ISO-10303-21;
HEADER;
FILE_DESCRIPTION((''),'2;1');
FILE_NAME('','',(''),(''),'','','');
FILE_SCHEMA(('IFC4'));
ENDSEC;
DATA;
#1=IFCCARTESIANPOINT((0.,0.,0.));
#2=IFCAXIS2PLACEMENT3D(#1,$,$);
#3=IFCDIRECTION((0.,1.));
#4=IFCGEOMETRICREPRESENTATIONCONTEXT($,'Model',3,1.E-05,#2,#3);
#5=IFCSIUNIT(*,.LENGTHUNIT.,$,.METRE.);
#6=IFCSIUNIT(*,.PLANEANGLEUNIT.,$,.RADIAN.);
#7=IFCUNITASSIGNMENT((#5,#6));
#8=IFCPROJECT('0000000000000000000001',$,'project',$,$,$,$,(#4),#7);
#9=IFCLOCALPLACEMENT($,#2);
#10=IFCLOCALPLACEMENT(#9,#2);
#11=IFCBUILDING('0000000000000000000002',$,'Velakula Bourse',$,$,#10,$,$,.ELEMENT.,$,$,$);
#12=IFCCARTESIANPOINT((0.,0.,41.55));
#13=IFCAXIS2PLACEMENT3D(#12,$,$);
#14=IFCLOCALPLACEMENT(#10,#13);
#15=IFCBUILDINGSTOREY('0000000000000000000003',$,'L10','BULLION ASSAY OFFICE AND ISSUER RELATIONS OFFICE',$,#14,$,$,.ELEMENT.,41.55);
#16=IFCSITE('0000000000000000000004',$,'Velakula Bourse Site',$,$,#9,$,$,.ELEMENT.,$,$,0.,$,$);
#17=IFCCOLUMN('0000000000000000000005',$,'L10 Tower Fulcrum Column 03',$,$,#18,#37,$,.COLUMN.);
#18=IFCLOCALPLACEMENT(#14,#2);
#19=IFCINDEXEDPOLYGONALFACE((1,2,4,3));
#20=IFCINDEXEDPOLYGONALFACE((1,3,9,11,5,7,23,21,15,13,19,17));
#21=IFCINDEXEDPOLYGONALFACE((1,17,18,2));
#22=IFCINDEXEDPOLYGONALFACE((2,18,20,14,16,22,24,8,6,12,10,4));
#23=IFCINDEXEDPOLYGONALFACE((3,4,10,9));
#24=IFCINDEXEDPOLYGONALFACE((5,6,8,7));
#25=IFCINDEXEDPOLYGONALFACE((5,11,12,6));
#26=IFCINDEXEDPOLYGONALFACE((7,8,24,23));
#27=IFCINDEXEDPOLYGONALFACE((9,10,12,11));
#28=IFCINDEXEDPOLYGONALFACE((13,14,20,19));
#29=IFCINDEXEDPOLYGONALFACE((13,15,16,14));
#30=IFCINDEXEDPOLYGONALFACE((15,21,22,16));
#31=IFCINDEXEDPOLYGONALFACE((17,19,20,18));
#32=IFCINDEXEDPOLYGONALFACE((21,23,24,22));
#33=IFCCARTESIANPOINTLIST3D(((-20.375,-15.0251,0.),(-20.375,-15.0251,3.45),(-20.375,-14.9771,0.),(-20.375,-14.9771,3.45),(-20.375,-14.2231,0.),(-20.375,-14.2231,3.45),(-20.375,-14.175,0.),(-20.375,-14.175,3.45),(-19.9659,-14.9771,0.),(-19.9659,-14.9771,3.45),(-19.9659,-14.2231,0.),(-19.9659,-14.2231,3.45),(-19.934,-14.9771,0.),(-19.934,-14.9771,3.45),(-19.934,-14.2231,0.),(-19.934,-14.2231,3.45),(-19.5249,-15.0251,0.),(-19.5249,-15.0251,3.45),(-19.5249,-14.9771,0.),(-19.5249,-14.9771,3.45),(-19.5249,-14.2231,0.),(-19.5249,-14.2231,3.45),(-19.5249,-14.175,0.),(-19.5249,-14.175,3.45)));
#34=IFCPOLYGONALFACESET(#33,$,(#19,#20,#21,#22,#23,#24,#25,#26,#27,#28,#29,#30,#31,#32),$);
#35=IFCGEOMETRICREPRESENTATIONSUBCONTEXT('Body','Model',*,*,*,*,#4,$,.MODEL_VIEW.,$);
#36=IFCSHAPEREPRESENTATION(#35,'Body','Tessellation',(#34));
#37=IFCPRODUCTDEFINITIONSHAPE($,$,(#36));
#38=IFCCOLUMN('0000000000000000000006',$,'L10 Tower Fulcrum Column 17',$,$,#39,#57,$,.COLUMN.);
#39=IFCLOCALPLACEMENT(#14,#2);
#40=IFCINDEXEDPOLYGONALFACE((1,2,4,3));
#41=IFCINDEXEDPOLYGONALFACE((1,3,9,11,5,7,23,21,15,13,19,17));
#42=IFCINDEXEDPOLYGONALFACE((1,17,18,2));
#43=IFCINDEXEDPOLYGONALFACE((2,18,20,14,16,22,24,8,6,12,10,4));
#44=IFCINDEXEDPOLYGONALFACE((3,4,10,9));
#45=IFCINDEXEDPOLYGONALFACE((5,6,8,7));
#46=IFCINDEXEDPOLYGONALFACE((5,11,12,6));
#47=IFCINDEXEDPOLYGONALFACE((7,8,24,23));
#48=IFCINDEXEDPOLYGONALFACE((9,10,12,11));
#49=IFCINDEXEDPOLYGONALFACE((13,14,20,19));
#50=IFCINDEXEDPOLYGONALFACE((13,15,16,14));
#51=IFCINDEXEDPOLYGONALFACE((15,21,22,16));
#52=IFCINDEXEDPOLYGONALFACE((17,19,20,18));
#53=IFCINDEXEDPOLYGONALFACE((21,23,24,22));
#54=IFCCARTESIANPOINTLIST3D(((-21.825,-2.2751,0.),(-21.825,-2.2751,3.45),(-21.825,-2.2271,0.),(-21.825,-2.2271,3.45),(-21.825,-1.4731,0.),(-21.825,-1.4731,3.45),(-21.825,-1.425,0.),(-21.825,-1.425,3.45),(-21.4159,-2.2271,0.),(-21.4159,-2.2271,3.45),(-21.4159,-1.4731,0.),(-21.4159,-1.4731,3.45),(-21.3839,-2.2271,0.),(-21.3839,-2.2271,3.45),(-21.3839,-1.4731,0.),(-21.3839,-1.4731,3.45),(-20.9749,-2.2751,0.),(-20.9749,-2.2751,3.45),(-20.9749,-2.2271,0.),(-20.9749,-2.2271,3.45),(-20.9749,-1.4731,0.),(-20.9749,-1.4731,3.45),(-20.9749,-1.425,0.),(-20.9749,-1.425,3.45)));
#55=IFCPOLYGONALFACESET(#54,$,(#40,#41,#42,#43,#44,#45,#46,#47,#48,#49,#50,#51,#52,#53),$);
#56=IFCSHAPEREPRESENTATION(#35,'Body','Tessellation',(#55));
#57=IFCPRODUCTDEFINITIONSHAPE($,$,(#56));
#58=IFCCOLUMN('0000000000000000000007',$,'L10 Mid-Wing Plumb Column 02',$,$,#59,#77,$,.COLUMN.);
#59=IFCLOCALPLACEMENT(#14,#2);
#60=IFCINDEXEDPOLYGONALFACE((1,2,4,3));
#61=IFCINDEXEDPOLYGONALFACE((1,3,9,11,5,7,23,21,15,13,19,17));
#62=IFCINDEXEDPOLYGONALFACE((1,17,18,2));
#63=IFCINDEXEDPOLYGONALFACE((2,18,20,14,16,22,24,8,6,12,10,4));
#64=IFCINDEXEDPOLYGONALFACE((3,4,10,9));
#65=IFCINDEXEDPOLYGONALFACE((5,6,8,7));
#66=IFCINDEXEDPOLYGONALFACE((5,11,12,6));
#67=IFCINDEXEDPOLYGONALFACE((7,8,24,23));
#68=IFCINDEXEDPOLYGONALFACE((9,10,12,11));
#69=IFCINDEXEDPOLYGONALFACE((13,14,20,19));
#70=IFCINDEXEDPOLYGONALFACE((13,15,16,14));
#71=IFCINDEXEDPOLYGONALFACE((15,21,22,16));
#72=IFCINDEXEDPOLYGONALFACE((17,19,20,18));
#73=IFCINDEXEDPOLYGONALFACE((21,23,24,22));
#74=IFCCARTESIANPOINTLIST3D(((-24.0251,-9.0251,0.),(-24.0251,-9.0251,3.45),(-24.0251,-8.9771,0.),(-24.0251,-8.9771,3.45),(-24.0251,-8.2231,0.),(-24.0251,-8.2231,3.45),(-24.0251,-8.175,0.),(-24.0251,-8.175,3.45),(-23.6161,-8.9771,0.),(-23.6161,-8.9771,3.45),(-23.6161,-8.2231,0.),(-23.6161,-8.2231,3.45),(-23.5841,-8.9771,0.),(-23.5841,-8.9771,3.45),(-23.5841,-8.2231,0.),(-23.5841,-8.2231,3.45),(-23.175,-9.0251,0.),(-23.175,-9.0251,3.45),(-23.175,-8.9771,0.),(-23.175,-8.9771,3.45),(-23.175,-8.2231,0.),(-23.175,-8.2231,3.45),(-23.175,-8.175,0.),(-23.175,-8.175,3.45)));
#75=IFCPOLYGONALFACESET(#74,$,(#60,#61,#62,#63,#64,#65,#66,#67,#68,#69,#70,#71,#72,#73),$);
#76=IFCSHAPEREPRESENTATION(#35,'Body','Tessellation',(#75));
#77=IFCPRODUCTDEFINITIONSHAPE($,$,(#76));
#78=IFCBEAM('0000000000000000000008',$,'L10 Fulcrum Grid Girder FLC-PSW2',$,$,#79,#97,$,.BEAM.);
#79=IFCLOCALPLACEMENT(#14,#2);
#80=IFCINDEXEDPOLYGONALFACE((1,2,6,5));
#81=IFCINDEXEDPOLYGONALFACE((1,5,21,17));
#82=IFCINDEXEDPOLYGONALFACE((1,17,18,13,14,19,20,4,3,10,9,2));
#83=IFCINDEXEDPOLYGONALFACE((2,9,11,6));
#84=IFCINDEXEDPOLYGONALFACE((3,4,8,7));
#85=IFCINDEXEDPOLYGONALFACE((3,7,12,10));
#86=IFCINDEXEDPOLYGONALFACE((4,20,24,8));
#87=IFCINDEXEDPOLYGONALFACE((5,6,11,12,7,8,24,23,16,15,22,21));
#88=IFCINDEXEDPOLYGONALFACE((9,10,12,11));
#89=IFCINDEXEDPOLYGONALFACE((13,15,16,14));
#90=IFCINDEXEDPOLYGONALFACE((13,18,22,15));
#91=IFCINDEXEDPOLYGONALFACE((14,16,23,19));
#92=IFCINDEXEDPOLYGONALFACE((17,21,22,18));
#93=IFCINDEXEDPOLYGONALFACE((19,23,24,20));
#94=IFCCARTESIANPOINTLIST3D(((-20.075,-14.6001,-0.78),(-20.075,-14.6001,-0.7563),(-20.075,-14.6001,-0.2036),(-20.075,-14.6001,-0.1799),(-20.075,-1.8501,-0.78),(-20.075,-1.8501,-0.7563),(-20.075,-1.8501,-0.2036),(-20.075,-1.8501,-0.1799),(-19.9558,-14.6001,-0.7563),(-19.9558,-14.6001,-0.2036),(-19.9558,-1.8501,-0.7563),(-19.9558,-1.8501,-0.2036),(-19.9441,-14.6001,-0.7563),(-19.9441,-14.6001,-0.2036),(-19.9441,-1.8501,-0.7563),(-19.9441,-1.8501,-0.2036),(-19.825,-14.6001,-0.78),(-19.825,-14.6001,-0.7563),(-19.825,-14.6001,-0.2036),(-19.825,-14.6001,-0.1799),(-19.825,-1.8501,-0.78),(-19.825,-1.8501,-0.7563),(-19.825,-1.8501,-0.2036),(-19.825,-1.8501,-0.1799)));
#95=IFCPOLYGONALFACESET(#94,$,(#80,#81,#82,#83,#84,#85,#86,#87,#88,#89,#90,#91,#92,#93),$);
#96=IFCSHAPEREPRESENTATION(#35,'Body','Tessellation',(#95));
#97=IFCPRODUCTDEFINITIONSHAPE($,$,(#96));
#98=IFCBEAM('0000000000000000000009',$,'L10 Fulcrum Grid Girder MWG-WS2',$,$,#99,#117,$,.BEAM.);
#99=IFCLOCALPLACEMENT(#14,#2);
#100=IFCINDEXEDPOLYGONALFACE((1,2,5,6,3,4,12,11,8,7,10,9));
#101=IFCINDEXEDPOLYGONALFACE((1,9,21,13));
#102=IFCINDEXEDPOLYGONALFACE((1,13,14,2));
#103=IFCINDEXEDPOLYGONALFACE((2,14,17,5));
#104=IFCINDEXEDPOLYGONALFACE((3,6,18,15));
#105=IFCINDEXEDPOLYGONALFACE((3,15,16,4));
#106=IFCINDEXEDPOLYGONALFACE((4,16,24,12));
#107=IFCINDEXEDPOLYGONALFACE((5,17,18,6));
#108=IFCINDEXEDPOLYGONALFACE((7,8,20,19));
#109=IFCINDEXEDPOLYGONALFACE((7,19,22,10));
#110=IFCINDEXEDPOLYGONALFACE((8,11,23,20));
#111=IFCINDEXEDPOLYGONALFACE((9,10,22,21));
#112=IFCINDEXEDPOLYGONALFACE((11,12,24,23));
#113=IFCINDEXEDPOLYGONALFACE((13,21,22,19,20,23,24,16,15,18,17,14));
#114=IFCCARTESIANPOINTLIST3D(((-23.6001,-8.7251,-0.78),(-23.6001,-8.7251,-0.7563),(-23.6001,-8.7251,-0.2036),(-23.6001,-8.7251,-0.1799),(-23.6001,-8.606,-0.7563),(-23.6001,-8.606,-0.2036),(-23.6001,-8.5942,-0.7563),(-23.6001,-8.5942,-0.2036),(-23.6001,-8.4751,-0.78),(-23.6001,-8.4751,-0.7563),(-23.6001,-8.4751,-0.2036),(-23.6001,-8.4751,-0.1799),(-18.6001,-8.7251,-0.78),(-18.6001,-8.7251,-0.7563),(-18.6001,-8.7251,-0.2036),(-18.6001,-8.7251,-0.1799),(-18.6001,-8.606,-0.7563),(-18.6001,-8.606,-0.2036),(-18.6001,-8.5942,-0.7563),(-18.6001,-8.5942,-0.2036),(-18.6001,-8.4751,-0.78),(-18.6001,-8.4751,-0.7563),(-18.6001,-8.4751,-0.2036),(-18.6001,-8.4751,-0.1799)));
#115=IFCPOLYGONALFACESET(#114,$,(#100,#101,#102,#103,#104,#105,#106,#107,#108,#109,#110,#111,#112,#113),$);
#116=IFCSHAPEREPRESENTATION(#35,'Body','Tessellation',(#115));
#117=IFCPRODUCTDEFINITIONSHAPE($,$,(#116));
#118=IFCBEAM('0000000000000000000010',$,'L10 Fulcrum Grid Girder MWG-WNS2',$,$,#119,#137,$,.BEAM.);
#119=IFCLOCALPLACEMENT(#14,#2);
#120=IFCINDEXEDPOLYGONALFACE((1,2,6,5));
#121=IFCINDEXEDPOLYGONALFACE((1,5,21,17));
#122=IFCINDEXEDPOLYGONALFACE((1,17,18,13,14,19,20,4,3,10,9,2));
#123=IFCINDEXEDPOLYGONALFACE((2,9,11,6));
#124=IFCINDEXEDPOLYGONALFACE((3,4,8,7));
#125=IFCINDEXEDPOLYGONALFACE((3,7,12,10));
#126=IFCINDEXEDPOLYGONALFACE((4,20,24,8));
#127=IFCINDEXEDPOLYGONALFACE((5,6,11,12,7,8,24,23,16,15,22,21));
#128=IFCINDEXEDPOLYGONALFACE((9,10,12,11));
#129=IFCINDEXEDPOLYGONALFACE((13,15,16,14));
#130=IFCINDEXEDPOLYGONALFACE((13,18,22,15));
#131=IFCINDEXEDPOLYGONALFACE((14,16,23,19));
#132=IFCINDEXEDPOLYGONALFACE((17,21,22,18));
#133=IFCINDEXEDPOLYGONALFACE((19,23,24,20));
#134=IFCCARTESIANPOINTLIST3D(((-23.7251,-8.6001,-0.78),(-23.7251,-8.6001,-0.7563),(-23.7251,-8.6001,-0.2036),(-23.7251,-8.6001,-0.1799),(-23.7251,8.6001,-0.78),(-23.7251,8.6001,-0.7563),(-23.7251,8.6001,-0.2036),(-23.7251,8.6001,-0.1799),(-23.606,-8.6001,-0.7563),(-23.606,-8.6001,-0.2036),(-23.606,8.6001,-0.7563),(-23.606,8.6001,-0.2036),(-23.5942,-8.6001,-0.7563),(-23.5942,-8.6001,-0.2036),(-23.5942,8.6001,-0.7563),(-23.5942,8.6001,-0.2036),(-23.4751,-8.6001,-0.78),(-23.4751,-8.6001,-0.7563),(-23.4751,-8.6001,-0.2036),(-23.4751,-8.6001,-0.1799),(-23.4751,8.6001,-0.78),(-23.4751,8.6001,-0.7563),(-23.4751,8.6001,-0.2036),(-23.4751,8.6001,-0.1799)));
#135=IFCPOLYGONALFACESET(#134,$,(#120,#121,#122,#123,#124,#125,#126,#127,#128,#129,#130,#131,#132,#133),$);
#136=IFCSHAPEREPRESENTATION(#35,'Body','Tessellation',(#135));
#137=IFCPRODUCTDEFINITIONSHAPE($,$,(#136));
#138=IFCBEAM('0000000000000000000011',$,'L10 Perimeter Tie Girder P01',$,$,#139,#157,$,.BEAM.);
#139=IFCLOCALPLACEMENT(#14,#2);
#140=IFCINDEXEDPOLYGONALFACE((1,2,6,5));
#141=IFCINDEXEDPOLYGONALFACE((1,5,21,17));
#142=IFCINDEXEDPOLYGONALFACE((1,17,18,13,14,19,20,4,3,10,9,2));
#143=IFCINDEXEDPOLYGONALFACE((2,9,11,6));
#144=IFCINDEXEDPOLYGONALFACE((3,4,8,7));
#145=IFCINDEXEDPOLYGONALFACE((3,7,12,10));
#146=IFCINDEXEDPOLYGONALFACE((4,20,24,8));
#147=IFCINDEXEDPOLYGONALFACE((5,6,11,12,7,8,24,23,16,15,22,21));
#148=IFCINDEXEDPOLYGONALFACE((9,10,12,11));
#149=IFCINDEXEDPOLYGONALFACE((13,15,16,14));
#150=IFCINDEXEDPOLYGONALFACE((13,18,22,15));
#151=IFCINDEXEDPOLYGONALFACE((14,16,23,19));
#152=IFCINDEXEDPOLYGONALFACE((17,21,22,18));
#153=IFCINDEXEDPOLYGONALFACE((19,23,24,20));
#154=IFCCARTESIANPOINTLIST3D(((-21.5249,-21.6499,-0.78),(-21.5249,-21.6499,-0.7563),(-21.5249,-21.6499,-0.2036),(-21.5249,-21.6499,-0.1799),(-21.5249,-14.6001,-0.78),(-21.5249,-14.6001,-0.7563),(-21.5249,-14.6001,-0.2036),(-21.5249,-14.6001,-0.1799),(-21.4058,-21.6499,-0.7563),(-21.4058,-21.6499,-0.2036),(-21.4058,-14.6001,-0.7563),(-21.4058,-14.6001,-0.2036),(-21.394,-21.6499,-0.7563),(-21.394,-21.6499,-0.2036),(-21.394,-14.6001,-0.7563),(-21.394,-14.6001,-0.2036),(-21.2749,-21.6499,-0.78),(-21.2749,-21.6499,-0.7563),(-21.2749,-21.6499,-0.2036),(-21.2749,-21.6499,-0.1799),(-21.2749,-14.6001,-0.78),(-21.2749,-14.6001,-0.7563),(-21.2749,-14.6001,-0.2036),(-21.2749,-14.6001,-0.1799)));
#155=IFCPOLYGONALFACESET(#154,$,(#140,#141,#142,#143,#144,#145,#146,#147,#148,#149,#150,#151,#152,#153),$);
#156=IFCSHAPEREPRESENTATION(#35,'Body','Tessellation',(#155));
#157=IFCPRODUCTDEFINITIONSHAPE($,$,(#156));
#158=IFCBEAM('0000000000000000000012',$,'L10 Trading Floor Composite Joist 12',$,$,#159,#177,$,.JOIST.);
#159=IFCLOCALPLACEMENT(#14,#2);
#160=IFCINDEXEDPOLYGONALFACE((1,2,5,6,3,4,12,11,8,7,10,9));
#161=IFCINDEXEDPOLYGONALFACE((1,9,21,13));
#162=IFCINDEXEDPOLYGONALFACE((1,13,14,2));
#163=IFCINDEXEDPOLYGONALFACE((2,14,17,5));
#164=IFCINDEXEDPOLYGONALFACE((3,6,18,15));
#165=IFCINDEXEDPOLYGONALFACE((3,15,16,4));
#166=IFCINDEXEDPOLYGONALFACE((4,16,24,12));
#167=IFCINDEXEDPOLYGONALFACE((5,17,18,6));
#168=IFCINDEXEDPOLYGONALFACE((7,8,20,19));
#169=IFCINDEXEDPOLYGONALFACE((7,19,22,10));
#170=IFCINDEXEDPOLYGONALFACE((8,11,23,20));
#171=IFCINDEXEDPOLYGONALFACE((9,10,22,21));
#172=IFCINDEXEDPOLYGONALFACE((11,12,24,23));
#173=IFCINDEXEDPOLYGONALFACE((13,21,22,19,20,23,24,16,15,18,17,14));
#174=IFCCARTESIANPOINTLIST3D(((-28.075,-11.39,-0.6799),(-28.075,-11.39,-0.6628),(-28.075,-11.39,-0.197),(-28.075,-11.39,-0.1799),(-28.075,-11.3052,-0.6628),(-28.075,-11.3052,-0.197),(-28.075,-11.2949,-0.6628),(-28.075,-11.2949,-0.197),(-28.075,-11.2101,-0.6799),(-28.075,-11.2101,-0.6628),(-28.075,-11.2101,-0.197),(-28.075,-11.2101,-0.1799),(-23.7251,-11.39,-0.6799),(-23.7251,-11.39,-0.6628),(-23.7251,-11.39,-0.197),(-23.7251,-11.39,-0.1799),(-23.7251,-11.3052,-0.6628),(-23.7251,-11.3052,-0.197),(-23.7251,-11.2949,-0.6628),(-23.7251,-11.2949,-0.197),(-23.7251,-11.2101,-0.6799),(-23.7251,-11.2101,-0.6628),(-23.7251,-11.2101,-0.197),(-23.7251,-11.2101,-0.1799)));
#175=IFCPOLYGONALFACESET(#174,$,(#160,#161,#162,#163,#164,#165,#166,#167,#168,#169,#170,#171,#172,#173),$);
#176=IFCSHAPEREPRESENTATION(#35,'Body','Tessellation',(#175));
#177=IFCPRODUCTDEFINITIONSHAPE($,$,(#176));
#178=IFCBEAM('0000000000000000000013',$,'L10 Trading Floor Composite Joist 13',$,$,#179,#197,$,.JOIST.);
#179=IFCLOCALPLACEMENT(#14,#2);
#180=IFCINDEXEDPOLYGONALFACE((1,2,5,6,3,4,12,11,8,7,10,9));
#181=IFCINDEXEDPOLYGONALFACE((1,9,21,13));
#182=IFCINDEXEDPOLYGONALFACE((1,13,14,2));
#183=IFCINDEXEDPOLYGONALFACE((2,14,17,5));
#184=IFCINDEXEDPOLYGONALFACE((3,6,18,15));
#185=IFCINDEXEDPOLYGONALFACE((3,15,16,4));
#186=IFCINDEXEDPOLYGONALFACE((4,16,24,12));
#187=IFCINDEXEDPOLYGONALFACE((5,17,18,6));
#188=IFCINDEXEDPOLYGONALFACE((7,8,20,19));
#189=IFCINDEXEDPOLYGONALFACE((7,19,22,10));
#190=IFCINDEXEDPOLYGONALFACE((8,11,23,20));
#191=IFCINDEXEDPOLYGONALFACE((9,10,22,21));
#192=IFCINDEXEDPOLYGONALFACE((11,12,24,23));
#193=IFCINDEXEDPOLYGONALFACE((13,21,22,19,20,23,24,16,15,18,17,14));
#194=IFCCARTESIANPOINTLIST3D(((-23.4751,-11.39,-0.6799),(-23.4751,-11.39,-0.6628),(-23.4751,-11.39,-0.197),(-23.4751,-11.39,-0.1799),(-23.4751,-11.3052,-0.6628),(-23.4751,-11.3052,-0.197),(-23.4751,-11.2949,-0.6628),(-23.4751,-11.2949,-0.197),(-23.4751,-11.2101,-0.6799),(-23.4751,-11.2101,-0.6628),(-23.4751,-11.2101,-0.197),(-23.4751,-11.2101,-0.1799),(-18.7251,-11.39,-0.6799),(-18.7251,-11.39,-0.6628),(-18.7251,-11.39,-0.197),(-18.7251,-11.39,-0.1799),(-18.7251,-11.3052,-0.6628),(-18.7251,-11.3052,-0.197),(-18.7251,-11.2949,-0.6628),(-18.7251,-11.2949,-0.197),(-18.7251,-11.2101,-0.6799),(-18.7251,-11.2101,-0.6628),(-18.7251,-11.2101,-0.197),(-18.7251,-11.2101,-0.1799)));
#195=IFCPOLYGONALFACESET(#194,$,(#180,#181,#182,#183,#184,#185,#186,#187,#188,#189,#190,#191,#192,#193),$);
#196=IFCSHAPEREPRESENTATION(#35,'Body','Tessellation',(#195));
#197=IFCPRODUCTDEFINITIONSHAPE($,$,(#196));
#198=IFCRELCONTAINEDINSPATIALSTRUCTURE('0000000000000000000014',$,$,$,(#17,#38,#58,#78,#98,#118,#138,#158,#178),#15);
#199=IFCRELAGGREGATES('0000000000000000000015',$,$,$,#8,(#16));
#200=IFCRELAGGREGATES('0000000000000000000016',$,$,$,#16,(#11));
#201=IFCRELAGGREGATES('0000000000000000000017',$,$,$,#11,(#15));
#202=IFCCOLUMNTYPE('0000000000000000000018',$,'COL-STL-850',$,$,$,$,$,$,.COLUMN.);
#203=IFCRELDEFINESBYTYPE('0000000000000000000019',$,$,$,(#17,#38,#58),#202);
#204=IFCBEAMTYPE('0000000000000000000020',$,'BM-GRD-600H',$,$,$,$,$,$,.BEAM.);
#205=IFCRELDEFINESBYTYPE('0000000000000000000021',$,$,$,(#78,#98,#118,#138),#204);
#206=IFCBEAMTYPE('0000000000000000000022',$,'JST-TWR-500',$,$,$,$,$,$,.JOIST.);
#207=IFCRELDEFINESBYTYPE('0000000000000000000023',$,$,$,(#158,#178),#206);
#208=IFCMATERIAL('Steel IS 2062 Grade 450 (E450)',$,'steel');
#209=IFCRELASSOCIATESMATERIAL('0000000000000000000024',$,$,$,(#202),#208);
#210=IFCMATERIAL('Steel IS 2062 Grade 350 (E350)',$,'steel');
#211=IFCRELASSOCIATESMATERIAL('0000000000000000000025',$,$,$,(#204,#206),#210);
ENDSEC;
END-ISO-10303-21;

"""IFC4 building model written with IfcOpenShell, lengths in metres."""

from ifc_helpers import new_model, si_unit, direction, frame, origin, origin_2d, place, context, subcontext, project, spatial, i_section, extrude, material, material_profile, profile_set, type_object, element, save


model = new_model("IFC4")

# Units and contexts
model_context = context("Model", 3, precision=1e-05, world=origin(), true_north=direction((0.0, 1.0)))
body_context = subcontext(model_context, "Body", "Model", "MODEL_VIEW")
ifc_project = project(units=[si_unit("LENGTHUNIT", "METRE"), si_unit("PLANEANGLEUNIT", "RADIAN")], contexts=[model_context])

# Site, building, storey
site_placement = place(None, origin())
site = spatial("IfcSite", under=ifc_project, at=site_placement, Name="Velakula Bourse Site", CompositionType="ELEMENT", RefElevation=0.0)
building_placement = place(site_placement, origin())
building = spatial("IfcBuilding", under=site, at=building_placement, Name="Velakula Bourse", CompositionType="ELEMENT")
storey_placement = place(building_placement, frame((0.0, 0.0, 41.55)))
storey = spatial("IfcBuildingStorey", under=building, at=storey_placement, Name="L10", Description="BULLION ASSAY OFFICE AND ISSUER RELATIONS OFFICE", CompositionType="ELEMENT", Elevation=41.55)

# Columns
ifc_material_1 = material(Name="Steel IS 2062 Grade 450 (E450)", Category="steel")
ifc_material_profile_1 = material_profile(ifc_material_1, i_section(OverallWidth=0.8501, OverallDepth=0.8501, WebThickness=0.032, FlangeThickness=0.0481, at=origin_2d()), Name="Steel IS 2062 Grade 450 (E450)")
ifc_profile_set_1 = profile_set([ifc_material_profile_1], Name="Steel IS 2062 Grade 450 (E450)")
column_type = type_object("IfcColumnType", Name="COL-STL-850", PredefinedType="COLUMN", material=ifc_profile_set_1)
for number, where, z_axis, x_axis, name in (
    (1, (-19.95, -14.6001, 0.0), (0.0, 0.0, 1.0), (1.0, 0.0, 0.0), "L10 Tower Fulcrum Column 03"),
    (2, (-21.3999, -1.8501, 0.0), (0.0, 0.0, 1.0), (1.0, 0.0, 0.0), "L10 Tower Fulcrum Column 17"),
    (3, (-23.6001, -8.6001, 0.0), (0.0, 0.0, 1.0), (1.0, 0.0, 0.0), "L10 Mid-Wing Plumb Column 02"),
):
    element("IfcColumn", number, at=place(storey_placement, frame(where, z_axis=z_axis, x_axis=x_axis)), inside=storey, type_object=column_type, Name=name, PredefinedType="COLUMN", context=body_context, shape_type="SweptSolid", body=[
        extrude(i_section(OverallWidth=0.8501, OverallDepth=0.8501, WebThickness=0.032, FlangeThickness=0.0481, at=origin_2d()), origin(), (0.0, 0.0, 1.0), 3.45),
    ])

# Beams
ifc_material_2 = material(Name="Steel IS 2062 Grade 350 (E350)", Category="steel")
ifc_material_profile_2 = material_profile(ifc_material_2, i_section(OverallWidth=0.25, OverallDepth=0.6001, WebThickness=0.0117, FlangeThickness=0.0237, at=origin_2d()), Name="Steel IS 2062 Grade 350 (E350)")
ifc_profile_set_2 = profile_set([ifc_material_profile_2], Name="Steel IS 2062 Grade 350 (E350)")
beam_type_1 = type_object("IfcBeamType", Name="BM-GRD-600H", PredefinedType="BEAM", material=ifc_profile_set_2)
beam_1_placement = place(storey_placement, frame((-19.95, -14.6001, -0.48), z_axis=(0.0, 1.0, 0.0), x_axis=(-1.0, 0.0, 0.0)))
element("IfcBeam", 4, at=beam_1_placement, inside=storey, type_object=beam_type_1, Name="L10 Fulcrum Grid Girder FLC-PSW2", PredefinedType="BEAM", context=body_context, shape_type="SweptSolid", body=[
    extrude(i_section(OverallWidth=0.25, OverallDepth=0.6001, WebThickness=0.0117, FlangeThickness=0.0237, at=origin_2d()), origin(), (0.0, 0.0, 1.0), 12.75),
])
beam_2_placement = place(storey_placement, frame((-23.6001, -8.6001, -0.48), z_axis=(1.0, 0.0, 0.0), x_axis=(0.0, 1.0, 0.0)))
element("IfcBeam", 5, at=beam_2_placement, inside=storey, type_object=beam_type_1, Name="L10 Fulcrum Grid Girder MWG-WS2", PredefinedType="BEAM", context=body_context, shape_type="SweptSolid", body=[
    extrude(i_section(OverallWidth=0.25, OverallDepth=0.6001, WebThickness=0.0117, FlangeThickness=0.0237, at=origin_2d()), origin(), (0.0, 0.0, 1.0), 5.0),
])
beam_3_placement = place(storey_placement, frame((-23.6001, -8.6001, -0.48), z_axis=(0.0, 1.0, 0.0), x_axis=(-1.0, 0.0, 0.0)))
element("IfcBeam", 6, at=beam_3_placement, inside=storey, type_object=beam_type_1, Name="L10 Fulcrum Grid Girder MWG-WNS2", PredefinedType="BEAM", context=body_context, shape_type="SweptSolid", body=[
    extrude(i_section(OverallWidth=0.25, OverallDepth=0.6001, WebThickness=0.0117, FlangeThickness=0.0237, at=origin_2d()), origin(), (0.0, 0.0, 1.0), 17.2002),
])
beam_4_placement = place(storey_placement, frame((-21.3999, -14.6001, -0.48), z_axis=(0.0, -1.0, 0.0), x_axis=(1.0, 0.0, 0.0)))
element("IfcBeam", 7, at=beam_4_placement, inside=storey, type_object=beam_type_1, Name="L10 Perimeter Tie Girder P01", PredefinedType="BEAM", context=body_context, shape_type="SweptSolid", body=[
    extrude(i_section(OverallWidth=0.25, OverallDepth=0.6001, WebThickness=0.0117, FlangeThickness=0.0237, at=origin_2d()), origin(), (0.0, 0.0, 1.0), 7.0498),
])
ifc_material_profile_3 = material_profile(ifc_material_2, i_section(OverallWidth=0.1799, OverallDepth=0.5, WebThickness=0.0103, FlangeThickness=0.0171, at=origin_2d()), Name="Steel IS 2062 Grade 350 (E350)")
ifc_profile_set_3 = profile_set([ifc_material_profile_3], Name="Steel IS 2062 Grade 350 (E350)")
beam_type_2 = type_object("IfcBeamType", Name="JST-TWR-500", PredefinedType="JOIST", material=ifc_profile_set_3)
beam_5_placement = place(storey_placement, frame((-28.075, -11.3, -0.4299), z_axis=(1.0, 0.0, 0.0), x_axis=(0.0, 1.0, 0.0)))
element("IfcBeam", 8, at=beam_5_placement, inside=storey, type_object=beam_type_2, Name="L10 Trading Floor Composite Joist 12", PredefinedType="JOIST", context=body_context, shape_type="SweptSolid", body=[
    extrude(i_section(OverallWidth=0.1799, OverallDepth=0.5, WebThickness=0.0103, FlangeThickness=0.0171, at=origin_2d()), origin(), (0.0, 0.0, 1.0), 4.3499),
])
beam_6_placement = place(storey_placement, frame((-23.4751, -11.3, -0.4299), z_axis=(1.0, 0.0, 0.0), x_axis=(0.0, 1.0, 0.0)))
element("IfcBeam", 9, at=beam_6_placement, inside=storey, type_object=beam_type_2, Name="L10 Trading Floor Composite Joist 13", PredefinedType="JOIST", context=body_context, shape_type="SweptSolid", body=[
    extrude(i_section(OverallWidth=0.1799, OverallDepth=0.5, WebThickness=0.0103, FlangeThickness=0.0171, at=origin_2d()), origin(), (0.0, 0.0, 1.0), 4.75),
])

save(model, "model.ifc")
